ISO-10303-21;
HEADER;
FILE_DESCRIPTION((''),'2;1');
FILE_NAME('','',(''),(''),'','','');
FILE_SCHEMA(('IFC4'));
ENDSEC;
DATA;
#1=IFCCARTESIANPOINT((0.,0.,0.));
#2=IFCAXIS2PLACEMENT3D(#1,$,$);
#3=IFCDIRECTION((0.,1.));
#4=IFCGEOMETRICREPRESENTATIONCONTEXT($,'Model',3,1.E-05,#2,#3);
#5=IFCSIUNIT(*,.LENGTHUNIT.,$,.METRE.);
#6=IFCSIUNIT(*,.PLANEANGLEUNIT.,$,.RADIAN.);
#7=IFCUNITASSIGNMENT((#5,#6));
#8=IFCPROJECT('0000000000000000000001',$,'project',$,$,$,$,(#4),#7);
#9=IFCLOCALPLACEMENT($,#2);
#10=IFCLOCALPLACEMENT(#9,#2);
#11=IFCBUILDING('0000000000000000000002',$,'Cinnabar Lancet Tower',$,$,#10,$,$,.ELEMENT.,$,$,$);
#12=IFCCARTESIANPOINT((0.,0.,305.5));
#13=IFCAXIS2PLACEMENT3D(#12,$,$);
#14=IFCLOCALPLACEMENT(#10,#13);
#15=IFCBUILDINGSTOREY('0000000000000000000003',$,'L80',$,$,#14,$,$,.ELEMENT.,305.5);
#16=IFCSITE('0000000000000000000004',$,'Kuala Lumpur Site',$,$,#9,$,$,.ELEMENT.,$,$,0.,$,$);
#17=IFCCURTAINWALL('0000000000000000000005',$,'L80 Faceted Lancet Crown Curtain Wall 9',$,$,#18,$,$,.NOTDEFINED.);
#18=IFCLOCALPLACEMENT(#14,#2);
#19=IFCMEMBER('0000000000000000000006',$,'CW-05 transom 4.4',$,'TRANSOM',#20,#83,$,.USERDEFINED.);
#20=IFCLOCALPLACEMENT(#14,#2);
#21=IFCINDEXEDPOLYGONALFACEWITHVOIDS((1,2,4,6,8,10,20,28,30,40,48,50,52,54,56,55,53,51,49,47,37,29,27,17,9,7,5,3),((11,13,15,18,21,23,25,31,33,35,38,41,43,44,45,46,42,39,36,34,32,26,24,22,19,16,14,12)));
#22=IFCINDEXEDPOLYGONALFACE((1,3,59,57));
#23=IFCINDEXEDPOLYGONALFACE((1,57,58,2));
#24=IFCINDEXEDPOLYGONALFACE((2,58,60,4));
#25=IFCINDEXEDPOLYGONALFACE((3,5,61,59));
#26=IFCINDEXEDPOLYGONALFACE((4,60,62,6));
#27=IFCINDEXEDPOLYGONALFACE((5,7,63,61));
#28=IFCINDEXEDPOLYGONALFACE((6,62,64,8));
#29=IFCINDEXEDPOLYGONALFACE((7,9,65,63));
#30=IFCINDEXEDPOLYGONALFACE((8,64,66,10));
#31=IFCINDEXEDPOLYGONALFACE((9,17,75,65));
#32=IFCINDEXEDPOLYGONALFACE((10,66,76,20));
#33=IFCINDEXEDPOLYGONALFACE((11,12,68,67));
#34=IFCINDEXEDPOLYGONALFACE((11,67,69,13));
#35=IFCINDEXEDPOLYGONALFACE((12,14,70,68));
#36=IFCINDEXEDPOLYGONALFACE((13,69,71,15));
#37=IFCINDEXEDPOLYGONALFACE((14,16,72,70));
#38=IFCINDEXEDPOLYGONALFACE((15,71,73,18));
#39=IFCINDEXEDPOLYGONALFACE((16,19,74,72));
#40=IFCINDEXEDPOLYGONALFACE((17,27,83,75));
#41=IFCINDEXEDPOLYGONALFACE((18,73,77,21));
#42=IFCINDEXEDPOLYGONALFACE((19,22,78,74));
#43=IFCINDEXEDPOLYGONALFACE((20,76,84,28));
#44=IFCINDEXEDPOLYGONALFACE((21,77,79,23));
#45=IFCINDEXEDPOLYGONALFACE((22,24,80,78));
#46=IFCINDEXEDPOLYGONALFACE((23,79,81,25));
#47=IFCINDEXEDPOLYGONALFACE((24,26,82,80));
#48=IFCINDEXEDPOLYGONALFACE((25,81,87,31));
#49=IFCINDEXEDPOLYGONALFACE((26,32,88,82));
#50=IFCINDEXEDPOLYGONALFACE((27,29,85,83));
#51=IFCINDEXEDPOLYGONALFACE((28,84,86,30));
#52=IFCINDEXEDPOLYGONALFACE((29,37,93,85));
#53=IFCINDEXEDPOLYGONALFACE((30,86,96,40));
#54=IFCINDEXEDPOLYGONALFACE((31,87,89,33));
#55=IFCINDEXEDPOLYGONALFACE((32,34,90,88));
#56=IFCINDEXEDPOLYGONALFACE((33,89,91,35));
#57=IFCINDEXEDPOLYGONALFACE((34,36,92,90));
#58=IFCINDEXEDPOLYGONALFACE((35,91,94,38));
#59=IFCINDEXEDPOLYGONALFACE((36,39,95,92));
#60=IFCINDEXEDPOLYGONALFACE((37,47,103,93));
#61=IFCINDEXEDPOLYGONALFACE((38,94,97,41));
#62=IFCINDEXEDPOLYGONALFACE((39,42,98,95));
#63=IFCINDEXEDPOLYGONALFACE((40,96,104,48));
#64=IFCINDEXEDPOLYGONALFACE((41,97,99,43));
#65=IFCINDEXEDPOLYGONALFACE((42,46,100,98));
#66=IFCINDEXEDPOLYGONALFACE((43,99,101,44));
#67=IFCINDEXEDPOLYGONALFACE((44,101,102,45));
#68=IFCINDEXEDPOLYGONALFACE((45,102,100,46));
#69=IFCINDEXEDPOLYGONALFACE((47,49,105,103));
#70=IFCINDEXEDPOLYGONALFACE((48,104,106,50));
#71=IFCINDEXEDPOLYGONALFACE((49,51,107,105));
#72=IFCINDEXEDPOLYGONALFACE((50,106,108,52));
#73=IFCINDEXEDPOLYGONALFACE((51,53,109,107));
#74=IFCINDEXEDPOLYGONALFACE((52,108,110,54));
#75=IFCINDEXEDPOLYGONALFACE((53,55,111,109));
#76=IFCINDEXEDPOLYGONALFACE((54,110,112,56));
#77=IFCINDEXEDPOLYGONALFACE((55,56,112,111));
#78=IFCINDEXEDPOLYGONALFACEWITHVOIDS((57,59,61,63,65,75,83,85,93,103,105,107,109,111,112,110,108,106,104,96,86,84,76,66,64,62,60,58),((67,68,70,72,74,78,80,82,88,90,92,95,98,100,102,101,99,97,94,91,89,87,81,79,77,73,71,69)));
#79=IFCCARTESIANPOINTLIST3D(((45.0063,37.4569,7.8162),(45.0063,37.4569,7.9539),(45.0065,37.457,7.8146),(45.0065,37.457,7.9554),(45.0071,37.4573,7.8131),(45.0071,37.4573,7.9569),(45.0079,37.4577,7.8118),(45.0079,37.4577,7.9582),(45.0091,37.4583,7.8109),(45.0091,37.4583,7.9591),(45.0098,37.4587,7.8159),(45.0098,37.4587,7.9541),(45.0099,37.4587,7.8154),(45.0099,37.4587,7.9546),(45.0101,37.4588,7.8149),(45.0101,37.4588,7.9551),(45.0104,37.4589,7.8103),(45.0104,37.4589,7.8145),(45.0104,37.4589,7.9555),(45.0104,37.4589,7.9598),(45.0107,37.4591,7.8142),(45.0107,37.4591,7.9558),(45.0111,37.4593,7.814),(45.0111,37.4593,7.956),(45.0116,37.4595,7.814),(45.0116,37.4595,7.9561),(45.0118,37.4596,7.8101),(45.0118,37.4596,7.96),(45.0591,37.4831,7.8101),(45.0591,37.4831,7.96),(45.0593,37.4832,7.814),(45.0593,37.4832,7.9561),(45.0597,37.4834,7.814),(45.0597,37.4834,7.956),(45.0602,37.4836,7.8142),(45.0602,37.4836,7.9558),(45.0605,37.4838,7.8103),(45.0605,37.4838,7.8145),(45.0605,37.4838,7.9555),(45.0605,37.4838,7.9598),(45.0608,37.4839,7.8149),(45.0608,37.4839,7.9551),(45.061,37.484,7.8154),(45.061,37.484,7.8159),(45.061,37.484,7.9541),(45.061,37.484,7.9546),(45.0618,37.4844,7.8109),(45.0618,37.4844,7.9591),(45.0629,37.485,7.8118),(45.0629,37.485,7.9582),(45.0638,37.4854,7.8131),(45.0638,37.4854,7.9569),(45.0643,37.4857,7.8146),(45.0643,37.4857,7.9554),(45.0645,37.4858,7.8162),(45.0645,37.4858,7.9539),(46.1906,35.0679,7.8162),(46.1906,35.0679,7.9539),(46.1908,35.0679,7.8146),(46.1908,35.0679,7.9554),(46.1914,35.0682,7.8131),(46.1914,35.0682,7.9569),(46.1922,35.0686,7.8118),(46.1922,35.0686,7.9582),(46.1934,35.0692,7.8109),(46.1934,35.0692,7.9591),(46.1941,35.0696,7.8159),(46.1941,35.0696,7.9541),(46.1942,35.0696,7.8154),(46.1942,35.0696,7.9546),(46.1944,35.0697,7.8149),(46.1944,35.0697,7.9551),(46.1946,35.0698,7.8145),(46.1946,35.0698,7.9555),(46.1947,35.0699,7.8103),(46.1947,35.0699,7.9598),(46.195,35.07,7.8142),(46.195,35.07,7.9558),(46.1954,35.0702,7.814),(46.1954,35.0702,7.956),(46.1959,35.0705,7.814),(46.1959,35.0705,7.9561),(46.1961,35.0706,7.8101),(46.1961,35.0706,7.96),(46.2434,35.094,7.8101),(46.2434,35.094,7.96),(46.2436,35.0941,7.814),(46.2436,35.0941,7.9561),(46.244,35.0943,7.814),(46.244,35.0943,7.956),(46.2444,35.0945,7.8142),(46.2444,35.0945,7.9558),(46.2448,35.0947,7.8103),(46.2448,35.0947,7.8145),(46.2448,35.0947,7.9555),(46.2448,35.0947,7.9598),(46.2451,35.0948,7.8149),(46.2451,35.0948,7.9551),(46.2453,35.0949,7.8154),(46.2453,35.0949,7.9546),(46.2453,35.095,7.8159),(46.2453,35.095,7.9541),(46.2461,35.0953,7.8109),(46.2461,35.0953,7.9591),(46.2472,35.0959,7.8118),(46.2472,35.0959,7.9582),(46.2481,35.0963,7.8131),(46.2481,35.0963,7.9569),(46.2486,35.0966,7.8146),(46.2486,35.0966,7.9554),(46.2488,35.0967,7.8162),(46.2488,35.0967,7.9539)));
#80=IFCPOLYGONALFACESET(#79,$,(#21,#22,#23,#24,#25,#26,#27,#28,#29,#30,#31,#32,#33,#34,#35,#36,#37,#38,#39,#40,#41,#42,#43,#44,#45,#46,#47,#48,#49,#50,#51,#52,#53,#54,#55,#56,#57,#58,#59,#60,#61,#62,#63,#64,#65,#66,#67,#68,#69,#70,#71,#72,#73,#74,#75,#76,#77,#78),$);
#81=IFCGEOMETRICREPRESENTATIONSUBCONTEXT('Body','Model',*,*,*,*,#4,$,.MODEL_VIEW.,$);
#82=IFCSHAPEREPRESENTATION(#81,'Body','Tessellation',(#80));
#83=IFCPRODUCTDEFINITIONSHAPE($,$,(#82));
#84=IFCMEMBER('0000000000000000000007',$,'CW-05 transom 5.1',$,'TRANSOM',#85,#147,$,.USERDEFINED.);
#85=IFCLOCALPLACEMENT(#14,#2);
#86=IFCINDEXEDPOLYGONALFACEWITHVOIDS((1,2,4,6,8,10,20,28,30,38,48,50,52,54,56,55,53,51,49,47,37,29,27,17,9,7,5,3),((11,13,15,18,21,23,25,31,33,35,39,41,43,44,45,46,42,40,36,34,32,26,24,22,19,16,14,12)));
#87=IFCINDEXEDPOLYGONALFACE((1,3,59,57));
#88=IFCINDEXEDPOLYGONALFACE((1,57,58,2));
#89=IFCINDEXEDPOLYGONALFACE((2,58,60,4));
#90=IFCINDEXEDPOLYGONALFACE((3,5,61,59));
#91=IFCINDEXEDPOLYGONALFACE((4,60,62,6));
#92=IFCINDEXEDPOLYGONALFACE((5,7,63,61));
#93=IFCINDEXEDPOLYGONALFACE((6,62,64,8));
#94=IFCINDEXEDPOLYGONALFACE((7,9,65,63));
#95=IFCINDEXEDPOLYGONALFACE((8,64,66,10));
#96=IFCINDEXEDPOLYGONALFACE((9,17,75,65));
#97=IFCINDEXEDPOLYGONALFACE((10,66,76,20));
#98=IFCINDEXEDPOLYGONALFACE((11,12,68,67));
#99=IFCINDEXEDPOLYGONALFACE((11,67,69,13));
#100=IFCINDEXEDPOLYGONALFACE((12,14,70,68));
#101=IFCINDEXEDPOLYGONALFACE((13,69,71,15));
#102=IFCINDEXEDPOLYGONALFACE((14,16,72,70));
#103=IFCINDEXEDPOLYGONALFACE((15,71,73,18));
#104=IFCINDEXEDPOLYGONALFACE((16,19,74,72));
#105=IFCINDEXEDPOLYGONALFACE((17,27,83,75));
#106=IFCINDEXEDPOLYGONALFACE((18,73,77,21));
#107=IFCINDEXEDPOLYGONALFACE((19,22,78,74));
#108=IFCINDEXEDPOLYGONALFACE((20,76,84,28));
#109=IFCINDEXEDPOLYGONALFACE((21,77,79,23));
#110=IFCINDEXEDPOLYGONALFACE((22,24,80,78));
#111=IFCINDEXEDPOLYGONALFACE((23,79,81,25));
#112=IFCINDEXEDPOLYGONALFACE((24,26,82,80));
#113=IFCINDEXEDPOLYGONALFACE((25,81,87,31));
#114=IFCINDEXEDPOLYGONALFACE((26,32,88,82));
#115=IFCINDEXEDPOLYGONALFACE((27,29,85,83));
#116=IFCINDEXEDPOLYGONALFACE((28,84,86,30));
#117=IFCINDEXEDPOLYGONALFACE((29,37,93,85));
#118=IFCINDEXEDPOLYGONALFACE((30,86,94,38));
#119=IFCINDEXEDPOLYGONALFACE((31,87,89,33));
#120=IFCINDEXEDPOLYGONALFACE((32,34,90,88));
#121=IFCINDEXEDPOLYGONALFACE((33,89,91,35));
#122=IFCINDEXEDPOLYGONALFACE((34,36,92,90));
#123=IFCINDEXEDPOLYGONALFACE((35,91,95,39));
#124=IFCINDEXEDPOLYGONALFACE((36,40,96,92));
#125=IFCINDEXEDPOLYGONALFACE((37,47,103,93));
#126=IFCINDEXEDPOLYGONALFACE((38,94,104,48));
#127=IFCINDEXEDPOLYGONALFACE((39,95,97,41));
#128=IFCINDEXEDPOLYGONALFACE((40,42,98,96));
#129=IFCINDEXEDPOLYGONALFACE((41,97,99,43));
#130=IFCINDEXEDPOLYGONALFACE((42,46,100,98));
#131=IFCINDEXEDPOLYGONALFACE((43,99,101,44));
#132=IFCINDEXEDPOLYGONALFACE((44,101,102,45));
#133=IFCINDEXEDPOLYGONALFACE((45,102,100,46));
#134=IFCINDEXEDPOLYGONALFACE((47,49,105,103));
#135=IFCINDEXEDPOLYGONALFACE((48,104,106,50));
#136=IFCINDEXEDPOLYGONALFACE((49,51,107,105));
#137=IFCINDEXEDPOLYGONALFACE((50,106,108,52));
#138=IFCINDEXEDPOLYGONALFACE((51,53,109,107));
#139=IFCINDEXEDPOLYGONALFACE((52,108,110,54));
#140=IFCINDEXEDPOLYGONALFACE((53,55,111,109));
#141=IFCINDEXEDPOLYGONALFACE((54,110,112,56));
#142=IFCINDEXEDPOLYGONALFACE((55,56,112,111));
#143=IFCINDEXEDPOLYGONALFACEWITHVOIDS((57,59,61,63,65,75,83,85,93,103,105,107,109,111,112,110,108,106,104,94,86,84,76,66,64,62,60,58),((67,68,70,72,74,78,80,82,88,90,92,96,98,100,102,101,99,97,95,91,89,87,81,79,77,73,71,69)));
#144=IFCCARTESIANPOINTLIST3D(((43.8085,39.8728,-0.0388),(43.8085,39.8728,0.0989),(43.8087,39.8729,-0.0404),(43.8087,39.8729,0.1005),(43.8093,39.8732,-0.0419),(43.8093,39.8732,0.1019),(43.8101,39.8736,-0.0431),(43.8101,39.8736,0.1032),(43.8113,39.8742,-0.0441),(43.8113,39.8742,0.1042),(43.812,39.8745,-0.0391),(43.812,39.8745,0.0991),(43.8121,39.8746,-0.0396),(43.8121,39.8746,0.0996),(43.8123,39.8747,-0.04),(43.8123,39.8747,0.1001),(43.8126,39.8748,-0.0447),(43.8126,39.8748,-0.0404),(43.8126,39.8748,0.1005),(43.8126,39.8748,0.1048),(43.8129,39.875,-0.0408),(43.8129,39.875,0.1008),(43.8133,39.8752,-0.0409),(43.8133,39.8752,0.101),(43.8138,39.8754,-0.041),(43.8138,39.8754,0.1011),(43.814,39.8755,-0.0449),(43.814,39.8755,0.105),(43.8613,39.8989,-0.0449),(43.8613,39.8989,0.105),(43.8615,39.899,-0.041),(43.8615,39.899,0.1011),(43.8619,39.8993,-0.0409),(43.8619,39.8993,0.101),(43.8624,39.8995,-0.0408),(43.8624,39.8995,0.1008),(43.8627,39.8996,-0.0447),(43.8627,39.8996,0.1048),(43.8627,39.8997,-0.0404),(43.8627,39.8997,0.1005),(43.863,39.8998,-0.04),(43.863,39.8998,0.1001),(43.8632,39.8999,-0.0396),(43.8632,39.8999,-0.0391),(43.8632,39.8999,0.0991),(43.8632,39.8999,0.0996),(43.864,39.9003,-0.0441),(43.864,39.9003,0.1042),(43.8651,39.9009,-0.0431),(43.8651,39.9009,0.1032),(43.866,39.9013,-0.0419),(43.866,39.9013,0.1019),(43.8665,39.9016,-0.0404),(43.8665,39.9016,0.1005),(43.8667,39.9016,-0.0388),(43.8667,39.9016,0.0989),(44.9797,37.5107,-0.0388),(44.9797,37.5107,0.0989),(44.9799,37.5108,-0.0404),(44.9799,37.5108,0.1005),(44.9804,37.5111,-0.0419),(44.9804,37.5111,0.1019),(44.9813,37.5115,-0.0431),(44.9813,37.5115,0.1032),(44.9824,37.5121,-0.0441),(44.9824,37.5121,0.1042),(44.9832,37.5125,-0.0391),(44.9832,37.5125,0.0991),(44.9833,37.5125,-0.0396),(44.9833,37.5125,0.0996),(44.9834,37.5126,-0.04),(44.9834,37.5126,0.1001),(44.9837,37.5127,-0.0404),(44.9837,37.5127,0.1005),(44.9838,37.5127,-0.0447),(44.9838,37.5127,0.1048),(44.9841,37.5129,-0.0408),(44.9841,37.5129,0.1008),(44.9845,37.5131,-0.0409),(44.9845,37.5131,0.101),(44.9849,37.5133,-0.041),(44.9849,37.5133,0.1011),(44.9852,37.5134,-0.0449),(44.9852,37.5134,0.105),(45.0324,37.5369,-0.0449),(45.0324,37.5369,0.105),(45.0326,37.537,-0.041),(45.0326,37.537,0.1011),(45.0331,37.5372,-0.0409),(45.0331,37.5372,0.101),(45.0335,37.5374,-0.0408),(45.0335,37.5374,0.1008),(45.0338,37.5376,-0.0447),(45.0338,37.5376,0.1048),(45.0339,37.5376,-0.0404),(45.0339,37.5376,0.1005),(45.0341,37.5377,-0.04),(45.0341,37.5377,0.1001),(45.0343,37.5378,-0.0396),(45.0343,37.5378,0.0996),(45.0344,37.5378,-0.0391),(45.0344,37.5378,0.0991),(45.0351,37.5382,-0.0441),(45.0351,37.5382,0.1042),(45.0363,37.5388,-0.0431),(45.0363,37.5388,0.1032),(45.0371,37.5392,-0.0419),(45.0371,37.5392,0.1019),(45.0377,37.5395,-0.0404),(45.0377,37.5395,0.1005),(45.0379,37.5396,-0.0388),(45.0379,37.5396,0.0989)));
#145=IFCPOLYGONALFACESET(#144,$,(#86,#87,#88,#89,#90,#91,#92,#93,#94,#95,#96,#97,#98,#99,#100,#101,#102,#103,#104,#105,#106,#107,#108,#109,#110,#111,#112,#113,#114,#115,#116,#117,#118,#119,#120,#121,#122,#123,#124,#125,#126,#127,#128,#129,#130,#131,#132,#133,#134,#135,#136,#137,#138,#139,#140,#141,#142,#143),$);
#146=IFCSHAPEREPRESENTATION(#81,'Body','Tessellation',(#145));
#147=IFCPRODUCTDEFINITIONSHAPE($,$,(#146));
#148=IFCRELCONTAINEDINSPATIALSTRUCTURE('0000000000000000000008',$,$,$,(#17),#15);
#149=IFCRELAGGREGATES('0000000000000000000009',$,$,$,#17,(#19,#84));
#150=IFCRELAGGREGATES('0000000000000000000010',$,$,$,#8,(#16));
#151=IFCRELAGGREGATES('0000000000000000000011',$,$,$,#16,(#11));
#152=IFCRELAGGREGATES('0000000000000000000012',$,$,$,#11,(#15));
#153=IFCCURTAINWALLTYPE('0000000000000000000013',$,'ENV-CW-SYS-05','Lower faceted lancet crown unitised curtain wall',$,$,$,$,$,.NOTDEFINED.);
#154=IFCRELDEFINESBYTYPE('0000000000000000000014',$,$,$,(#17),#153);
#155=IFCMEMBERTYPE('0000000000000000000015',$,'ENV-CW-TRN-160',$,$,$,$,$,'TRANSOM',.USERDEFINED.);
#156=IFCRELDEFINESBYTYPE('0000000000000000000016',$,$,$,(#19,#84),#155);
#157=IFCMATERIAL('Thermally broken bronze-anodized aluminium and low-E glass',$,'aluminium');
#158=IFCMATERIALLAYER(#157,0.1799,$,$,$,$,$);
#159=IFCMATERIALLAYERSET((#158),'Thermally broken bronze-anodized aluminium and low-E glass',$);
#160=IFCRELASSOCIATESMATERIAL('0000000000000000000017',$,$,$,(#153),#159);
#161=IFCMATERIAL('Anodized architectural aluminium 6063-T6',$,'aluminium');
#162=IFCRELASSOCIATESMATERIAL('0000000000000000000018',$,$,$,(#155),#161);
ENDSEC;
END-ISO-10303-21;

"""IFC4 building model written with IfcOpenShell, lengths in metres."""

from ifc_helpers import new_model, si_unit, direction, frame, origin, origin_2d, place, context, subcontext, project, spatial, hollow_rectangle, extrude, material, layer, layer_set, material_profile, profile_set, type_object, element, aggregate, save


model = new_model("IFC4")

# Units and contexts
model_context = context("Model", 3, precision=1e-05, world=origin(), true_north=direction((0.0, 1.0)))
body_context = subcontext(model_context, "Body", "Model", "MODEL_VIEW")
ifc_project = project(units=[si_unit("LENGTHUNIT", "METRE"), si_unit("PLANEANGLEUNIT", "RADIAN")], contexts=[model_context])

# Site, building, storey
site_placement = place(None, origin())
site = spatial("IfcSite", under=ifc_project, at=site_placement, Name="Kuala Lumpur Site", CompositionType="ELEMENT", RefElevation=0.0)
building_placement = place(site_placement, origin())
building = spatial("IfcBuilding", under=site, at=building_placement, Name="Cinnabar Lancet Tower", CompositionType="ELEMENT")
storey_placement = place(building_placement, frame((0.0, 0.0, 305.5)))
storey = spatial("IfcBuildingStorey", under=building, at=storey_placement, Name="L80", CompositionType="ELEMENT", Elevation=305.5)

# Curtain wall
ifc_material_1 = material(Name="Thermally broken bronze-anodized aluminium and low-E glass", Category="aluminium")
ifc_layer_1 = layer(ifc_material_1, 0.1799)
ifc_layer_set_1 = layer_set([ifc_layer_1], Name="Thermally broken bronze-anodized aluminium and low-E glass")
curtain_wall_type = type_object("IfcCurtainWallType", Name="ENV-CW-SYS-05", Description="Lower faceted lancet crown unitised curtain wall", PredefinedType="NOTDEFINED", material=ifc_layer_set_1)
curtain_wall_1_placement = place(storey_placement, origin())
curtain_wall_1 = element("IfcCurtainWall", 1, at=curtain_wall_1_placement, inside=storey, type_object=curtain_wall_type, Name="L80 Faceted Lancet Crown Curtain Wall 9", PredefinedType="NOTDEFINED")

# Members
ifc_material_2 = material(Name="Anodized architectural aluminium 6063-T6", Category="aluminium")
ifc_material_profile_1 = material_profile(ifc_material_2, hollow_rectangle(XDim=0.0649, YDim=0.1499, WallThickness=0.0039, InnerFilletRadius=0.002, OuterFilletRadius=0.0061, at=origin_2d()), Name="CW-TRN 150x65x4")
ifc_profile_set_1 = profile_set([ifc_material_profile_1], Name="Anodized architectural aluminium 6063-T6")
member_type_1 = type_object("IfcMemberType", Name="ENV-CW-TRN-160", ElementType="TRANSOM", PredefinedType="USERDEFINED", material=ifc_profile_set_1)
member_1_placement = place(storey_placement, frame((46.2197, 35.0823, 7.885), z_axis=(-0.444135, 0.89596, 0.0), x_axis=(-0.89596, -0.444135, 0.0)))
member_1 = element("IfcMember", 2, at=member_1_placement, type_object=member_type_1, Name="CW-05 transom 4.4", ObjectType="TRANSOM", PredefinedType="USERDEFINED", context=body_context, shape_type="SweptSolid", body=[
    extrude(hollow_rectangle(XDim=0.0649, YDim=0.1499, WallThickness=0.0039, InnerFilletRadius=0.002, OuterFilletRadius=0.0061, at=origin_2d()), origin(), (0.0, 0.0, 1.0), 2.6665),
])
member_2_placement = place(storey_placement, frame((45.0088, 37.5251, 0.03), z_axis=(-0.444211, 0.895922, 0.0), x_axis=(-0.895922, -0.444211, 0.0)))
member_2 = element("IfcMember", 3, at=member_2_placement, type_object=member_type_1, Name="CW-05 transom 5.1", ObjectType="TRANSOM", PredefinedType="USERDEFINED", context=body_context, shape_type="SweptSolid", body=[
    extrude(hollow_rectangle(XDim=0.0649, YDim=0.1499, WallThickness=0.0039, InnerFilletRadius=0.002, OuterFilletRadius=0.0061, at=origin_2d()), origin(), (0.0, 0.0, 1.0), 2.6365),
])

aggregate(curtain_wall_1, [member_1, member_2])

save(model, "model.ifc")
